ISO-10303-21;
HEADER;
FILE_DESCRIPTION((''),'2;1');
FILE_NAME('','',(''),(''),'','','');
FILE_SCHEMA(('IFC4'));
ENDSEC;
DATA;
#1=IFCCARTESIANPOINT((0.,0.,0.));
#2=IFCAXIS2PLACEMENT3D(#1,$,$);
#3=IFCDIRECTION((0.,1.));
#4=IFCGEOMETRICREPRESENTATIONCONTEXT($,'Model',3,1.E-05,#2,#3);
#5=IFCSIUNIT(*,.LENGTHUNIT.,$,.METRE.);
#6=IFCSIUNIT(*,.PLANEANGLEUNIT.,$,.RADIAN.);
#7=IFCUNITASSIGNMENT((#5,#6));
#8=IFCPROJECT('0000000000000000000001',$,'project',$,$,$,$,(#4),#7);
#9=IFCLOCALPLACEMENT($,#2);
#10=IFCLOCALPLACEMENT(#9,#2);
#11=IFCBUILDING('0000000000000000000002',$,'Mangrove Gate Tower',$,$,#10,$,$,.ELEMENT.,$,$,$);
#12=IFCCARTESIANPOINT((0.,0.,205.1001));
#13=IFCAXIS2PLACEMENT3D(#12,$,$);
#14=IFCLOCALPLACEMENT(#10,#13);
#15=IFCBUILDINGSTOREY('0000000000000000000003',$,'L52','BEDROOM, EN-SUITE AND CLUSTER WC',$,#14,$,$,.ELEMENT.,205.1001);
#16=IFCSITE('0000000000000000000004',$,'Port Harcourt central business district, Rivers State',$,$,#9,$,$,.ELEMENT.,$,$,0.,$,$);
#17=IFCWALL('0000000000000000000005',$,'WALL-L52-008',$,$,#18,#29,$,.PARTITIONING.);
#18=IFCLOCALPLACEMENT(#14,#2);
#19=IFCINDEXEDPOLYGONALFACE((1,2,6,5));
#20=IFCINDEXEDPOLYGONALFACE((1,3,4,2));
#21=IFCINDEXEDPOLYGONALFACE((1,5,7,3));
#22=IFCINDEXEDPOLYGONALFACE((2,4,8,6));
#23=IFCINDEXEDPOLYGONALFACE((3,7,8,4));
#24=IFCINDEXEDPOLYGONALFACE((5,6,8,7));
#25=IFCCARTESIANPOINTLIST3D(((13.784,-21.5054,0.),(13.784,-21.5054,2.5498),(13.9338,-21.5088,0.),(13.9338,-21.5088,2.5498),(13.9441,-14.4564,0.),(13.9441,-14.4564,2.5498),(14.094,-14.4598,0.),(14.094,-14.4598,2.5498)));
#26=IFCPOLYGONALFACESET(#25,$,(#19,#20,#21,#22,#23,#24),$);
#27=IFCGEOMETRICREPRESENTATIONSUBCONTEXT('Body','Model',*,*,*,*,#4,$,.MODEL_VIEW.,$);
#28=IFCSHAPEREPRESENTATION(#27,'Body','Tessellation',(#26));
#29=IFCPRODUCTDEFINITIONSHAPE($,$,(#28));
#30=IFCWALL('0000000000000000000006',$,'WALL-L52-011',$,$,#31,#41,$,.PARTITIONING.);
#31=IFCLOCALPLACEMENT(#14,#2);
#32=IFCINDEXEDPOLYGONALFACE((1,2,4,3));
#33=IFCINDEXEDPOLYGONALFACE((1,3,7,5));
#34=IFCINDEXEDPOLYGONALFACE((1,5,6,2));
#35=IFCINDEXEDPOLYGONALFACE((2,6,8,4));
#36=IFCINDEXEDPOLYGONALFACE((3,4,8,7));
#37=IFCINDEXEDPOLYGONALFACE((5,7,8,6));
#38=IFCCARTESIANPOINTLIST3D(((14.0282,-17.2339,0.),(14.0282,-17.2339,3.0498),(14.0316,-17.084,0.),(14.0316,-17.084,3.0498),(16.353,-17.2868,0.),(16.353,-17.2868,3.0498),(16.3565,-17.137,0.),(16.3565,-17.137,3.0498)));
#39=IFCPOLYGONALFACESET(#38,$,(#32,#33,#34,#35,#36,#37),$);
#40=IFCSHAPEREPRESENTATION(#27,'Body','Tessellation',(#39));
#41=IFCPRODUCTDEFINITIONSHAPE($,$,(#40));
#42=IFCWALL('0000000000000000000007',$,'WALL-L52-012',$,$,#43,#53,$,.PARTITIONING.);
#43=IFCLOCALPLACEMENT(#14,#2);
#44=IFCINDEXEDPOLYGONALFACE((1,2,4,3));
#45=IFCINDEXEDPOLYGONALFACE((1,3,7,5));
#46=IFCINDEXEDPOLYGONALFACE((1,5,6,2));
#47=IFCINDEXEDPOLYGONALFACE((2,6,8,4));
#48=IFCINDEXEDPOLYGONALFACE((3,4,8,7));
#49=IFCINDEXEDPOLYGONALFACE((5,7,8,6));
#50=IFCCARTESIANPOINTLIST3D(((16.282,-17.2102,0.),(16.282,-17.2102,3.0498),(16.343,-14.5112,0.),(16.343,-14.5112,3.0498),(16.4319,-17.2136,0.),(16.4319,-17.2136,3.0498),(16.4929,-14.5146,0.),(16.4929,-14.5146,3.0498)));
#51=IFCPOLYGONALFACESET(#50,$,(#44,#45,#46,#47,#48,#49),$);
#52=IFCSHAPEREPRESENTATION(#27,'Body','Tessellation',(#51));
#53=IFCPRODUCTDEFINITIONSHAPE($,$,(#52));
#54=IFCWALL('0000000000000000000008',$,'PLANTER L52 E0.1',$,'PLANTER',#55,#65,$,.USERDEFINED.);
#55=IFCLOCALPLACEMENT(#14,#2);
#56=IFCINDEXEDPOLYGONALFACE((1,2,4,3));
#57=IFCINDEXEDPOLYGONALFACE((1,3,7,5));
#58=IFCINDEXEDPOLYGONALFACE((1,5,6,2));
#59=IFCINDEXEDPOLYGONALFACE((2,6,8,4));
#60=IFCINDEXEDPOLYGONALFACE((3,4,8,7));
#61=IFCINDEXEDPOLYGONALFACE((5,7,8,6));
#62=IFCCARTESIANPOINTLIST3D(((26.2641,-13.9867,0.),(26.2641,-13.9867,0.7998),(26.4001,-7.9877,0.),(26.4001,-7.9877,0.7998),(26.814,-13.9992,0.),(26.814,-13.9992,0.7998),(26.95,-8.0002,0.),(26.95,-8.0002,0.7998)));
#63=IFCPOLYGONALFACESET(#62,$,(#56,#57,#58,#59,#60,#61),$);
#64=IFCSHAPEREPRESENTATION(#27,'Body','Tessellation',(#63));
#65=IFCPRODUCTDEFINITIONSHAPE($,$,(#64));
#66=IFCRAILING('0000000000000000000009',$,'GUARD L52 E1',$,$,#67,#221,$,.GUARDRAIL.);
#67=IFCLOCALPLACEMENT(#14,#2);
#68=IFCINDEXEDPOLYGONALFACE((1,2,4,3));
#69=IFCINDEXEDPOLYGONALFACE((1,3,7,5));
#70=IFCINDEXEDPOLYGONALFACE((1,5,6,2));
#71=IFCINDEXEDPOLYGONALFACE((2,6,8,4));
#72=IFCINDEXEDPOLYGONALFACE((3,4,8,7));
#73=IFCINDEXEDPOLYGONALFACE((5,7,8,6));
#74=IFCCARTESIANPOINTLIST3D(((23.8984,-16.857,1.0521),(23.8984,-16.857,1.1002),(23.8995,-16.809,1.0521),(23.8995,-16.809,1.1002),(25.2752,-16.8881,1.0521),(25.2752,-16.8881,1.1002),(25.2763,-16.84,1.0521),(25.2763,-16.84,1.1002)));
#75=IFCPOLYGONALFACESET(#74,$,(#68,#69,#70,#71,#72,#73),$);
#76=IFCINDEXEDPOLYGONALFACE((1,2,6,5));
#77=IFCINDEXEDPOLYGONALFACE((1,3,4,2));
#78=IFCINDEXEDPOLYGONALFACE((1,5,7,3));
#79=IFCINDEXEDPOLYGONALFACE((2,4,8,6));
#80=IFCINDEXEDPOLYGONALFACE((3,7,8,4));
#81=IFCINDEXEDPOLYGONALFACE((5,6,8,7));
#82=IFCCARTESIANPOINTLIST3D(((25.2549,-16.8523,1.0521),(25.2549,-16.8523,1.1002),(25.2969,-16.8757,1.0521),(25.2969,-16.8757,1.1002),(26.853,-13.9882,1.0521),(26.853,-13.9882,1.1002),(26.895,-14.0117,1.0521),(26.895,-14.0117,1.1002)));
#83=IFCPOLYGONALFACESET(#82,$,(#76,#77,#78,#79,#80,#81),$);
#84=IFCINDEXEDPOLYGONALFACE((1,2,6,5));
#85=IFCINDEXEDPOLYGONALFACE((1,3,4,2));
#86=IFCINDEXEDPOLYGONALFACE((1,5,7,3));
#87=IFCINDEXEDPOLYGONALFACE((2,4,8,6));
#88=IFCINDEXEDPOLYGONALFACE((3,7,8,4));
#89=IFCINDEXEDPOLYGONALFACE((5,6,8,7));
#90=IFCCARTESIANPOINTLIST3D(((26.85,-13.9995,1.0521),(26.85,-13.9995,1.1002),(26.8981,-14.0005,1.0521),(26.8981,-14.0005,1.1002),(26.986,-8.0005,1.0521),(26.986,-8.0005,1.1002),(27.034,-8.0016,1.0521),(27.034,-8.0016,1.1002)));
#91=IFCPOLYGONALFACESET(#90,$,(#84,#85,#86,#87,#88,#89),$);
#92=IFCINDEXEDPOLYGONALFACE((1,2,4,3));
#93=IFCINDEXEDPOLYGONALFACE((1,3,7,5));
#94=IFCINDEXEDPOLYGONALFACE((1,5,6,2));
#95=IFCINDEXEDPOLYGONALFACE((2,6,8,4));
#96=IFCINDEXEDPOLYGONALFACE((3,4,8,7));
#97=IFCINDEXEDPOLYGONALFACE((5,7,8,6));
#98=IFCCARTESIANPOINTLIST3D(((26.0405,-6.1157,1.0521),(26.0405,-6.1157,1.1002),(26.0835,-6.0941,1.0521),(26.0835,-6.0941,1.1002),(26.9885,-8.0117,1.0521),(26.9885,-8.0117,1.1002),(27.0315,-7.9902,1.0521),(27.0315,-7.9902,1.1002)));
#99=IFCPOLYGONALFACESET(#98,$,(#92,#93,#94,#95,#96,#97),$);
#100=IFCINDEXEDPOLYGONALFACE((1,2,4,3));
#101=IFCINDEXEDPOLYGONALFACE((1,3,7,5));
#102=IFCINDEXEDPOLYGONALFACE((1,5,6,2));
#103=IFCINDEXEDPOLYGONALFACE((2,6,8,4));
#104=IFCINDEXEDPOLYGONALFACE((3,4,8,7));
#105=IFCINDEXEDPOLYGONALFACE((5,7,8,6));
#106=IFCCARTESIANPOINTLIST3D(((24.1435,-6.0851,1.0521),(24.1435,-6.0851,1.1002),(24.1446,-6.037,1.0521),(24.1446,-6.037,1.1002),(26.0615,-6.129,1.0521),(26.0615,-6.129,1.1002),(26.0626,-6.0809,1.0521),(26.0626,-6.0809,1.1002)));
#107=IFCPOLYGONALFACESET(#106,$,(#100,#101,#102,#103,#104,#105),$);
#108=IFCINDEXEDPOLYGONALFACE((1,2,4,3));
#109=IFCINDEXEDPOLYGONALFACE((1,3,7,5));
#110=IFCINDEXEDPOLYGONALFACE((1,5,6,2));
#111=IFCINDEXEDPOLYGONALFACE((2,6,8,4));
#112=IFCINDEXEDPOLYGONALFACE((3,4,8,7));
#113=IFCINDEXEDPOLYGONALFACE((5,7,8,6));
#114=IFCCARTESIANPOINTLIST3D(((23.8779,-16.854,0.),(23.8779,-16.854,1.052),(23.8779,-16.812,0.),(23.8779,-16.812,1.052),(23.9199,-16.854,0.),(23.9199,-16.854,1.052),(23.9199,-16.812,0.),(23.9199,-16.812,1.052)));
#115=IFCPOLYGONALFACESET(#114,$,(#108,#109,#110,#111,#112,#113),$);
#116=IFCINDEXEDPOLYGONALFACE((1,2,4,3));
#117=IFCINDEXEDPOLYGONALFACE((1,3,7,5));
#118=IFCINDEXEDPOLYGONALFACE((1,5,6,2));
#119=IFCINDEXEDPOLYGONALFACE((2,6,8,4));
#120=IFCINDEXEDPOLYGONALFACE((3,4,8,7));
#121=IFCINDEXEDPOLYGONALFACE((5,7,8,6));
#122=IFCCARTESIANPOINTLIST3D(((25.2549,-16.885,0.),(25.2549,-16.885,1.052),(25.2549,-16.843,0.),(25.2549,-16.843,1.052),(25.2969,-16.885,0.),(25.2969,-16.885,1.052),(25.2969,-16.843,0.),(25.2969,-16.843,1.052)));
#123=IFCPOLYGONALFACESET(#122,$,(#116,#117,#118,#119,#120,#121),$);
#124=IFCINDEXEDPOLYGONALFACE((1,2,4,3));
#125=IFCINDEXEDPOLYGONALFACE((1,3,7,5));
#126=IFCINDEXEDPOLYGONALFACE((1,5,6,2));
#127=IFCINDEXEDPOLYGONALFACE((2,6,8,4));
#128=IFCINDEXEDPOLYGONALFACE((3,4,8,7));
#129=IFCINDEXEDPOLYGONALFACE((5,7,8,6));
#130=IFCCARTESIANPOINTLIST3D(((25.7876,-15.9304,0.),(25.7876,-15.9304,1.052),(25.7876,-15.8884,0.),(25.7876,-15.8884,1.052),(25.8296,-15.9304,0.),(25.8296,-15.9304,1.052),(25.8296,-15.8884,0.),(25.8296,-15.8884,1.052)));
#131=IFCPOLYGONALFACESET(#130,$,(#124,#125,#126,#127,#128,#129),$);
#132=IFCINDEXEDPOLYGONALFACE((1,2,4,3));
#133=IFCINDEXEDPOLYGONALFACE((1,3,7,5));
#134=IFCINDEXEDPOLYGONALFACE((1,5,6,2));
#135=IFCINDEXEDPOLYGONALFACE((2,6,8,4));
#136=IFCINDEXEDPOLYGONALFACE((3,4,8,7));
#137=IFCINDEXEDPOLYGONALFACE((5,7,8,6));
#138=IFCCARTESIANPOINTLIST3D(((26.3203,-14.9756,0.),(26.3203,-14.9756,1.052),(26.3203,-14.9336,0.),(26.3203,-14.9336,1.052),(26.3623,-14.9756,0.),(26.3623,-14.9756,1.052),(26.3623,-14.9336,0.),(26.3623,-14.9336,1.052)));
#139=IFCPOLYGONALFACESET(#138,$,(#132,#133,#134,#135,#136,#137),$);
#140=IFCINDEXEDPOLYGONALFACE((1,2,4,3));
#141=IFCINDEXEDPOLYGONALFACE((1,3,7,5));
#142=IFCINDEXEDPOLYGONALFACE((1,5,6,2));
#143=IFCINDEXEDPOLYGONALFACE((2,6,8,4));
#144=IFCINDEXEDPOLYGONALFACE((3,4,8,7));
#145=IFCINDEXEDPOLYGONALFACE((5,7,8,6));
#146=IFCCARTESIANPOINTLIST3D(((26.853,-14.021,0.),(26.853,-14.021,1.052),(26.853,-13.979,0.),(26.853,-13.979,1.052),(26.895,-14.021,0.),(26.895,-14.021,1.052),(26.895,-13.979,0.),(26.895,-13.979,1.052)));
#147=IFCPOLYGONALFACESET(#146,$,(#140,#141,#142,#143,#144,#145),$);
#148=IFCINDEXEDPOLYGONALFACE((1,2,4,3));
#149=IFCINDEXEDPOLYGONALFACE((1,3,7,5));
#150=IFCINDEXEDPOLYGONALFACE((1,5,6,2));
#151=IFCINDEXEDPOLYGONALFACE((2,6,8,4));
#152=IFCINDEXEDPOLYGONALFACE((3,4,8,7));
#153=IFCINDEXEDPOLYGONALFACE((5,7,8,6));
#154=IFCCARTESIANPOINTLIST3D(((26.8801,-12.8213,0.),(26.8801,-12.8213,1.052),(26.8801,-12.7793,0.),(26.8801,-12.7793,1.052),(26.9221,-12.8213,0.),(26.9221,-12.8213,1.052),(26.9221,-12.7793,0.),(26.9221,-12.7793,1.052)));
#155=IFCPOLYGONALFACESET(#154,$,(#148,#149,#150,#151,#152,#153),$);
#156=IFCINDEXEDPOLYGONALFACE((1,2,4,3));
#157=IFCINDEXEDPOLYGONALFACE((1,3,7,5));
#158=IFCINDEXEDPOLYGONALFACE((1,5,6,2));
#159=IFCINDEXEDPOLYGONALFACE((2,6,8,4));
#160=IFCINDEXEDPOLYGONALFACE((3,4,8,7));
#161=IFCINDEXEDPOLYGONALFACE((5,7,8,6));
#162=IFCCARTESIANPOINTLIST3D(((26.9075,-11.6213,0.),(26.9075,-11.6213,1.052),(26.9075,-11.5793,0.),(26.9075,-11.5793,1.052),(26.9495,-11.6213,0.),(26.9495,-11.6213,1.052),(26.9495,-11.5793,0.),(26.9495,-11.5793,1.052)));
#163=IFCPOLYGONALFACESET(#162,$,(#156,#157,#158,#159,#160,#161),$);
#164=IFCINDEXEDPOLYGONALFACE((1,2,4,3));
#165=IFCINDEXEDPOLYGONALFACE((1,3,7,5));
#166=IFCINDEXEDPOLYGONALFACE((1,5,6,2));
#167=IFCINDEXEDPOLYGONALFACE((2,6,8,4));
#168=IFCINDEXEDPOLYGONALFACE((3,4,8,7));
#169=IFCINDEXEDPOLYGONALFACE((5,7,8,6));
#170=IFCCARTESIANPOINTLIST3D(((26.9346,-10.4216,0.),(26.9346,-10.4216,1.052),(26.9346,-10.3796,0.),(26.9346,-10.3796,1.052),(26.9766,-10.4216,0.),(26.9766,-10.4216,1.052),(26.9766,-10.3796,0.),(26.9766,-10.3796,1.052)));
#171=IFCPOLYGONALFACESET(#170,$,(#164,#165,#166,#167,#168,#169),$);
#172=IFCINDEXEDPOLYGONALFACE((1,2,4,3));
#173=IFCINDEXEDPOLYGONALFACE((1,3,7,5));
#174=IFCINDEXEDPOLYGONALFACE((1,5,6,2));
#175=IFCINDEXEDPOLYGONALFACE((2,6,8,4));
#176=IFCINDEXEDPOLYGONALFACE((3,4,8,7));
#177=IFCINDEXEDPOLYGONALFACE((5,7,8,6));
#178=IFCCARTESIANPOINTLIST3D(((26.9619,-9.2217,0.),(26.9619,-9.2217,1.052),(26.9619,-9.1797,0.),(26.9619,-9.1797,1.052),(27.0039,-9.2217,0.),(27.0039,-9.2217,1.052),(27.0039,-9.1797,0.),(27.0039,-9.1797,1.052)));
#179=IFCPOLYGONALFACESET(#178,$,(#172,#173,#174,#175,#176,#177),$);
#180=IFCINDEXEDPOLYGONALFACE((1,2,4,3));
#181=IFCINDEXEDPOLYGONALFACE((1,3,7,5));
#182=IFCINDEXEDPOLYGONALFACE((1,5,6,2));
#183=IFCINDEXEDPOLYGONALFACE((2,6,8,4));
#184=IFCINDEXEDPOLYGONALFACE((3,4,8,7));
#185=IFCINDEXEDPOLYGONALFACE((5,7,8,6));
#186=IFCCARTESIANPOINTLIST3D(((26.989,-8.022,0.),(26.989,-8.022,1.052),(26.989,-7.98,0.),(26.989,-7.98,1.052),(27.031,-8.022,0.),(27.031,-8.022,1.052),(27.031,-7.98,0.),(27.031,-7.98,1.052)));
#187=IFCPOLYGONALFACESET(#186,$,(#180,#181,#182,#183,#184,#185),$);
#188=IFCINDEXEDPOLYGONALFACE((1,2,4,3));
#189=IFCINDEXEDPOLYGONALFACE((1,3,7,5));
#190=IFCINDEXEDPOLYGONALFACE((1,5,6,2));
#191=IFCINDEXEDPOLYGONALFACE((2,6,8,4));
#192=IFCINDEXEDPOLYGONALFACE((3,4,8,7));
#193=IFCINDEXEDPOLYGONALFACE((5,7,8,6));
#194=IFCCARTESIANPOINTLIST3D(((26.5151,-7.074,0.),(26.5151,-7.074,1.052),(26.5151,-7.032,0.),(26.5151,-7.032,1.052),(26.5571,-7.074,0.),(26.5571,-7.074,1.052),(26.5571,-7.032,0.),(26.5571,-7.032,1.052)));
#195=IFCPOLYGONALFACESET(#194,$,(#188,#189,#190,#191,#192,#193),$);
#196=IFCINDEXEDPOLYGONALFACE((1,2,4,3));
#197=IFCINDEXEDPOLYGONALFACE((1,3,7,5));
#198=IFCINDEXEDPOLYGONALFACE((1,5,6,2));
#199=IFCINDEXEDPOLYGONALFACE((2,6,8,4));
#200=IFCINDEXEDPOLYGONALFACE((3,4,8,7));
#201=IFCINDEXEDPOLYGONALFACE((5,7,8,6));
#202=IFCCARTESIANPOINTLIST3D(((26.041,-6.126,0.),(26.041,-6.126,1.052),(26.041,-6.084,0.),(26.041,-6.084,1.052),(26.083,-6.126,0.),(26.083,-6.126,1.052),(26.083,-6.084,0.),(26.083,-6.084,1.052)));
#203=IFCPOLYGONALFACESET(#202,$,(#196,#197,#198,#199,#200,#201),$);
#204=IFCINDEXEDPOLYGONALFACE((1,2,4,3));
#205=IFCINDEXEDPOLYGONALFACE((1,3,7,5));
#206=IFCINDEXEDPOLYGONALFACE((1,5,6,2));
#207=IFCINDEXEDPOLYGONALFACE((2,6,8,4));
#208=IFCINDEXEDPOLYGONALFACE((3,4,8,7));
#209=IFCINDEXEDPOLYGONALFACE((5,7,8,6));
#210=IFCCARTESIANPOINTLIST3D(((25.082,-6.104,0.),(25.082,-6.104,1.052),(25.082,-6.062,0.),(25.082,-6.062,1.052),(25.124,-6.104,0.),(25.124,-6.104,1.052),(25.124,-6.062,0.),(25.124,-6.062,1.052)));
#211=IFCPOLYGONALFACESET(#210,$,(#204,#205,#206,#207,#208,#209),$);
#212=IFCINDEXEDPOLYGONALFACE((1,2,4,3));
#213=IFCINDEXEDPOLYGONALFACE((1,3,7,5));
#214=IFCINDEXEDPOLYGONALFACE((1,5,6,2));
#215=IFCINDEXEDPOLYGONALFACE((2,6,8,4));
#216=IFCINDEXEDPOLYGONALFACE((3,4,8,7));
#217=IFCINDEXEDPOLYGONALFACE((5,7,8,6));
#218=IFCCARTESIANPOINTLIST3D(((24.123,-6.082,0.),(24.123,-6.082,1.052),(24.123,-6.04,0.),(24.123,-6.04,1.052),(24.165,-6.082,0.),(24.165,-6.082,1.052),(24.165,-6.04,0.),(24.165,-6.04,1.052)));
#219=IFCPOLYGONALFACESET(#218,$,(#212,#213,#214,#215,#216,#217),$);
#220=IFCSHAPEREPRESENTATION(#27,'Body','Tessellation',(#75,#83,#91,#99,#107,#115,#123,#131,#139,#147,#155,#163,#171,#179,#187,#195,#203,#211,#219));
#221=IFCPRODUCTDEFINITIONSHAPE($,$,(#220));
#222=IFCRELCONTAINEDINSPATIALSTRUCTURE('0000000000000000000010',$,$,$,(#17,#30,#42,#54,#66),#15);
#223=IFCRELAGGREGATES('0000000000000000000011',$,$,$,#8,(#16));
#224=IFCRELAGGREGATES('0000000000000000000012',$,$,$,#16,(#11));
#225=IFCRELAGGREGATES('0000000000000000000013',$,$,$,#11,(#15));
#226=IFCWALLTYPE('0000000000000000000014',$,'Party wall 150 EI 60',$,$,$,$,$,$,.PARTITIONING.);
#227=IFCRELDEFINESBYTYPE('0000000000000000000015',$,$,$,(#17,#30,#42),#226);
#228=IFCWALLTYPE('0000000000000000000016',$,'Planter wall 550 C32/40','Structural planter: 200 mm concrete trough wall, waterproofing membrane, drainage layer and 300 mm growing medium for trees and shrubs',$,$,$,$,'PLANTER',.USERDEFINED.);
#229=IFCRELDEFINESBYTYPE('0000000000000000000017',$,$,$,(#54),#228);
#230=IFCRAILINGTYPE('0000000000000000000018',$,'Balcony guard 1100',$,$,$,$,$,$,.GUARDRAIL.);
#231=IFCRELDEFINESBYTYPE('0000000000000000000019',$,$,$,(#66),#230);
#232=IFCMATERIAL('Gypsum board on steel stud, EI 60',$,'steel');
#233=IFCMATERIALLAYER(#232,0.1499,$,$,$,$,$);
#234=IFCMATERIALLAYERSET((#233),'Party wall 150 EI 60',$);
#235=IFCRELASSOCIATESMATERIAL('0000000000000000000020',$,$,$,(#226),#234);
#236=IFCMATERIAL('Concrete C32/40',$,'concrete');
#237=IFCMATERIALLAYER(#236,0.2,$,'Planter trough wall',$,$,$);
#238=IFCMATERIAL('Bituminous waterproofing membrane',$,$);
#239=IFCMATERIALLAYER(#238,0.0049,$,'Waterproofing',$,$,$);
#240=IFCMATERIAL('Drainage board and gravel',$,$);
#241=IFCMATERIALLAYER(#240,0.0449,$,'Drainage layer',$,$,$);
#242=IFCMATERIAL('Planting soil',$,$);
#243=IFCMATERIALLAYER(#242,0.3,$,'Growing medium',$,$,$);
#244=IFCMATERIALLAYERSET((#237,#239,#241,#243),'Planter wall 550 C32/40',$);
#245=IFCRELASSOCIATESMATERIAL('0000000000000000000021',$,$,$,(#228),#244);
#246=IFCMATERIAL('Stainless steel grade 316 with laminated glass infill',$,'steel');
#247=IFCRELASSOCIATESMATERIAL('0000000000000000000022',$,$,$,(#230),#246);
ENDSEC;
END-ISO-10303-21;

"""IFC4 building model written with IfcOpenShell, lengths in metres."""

from ifc_helpers import new_model, si_unit, direction, frame, frame_2d, origin, origin_2d, place, context, subcontext, project, spatial, rectangle, extrude, material, layer, layer_set, type_object, element, save


model = new_model("IFC4")

# Units and contexts
model_context = context("Model", 3, precision=1e-05, world=origin(), true_north=direction((0.0, 1.0)))
body_context = subcontext(model_context, "Body", "Model", "MODEL_VIEW")
ifc_project = project(units=[si_unit("LENGTHUNIT", "METRE"), si_unit("PLANEANGLEUNIT", "RADIAN")], contexts=[model_context])

# Site, building, storey
site_placement = place(None, origin())
site = spatial("IfcSite", under=ifc_project, at=site_placement, Name="Port Harcourt central business district, Rivers State", CompositionType="ELEMENT", RefElevation=0.0)
building_placement = place(site_placement, origin())
building = spatial("IfcBuilding", under=site, at=building_placement, Name="Mangrove Gate Tower", CompositionType="ELEMENT")
storey_placement = place(building_placement, frame((0.0, 0.0, 205.1001)))
storey = spatial("IfcBuildingStorey", under=building, at=storey_placement, Name="L52", Description="BEDROOM, EN-SUITE AND CLUSTER WC", CompositionType="ELEMENT", Elevation=205.1001)

# Walls
ifc_material_1 = material(Name="Gypsum board on steel stud, EI 60", Category="steel")
ifc_layer_1 = layer(ifc_material_1, 0.1499)
ifc_layer_set_1 = layer_set([ifc_layer_1], Name="Party wall 150 EI 60")
wall_type_1 = type_object("IfcWallType", Name="Party wall 150 EI 60", PredefinedType="PARTITIONING", material=ifc_layer_set_1)
wall_1_placement = place(storey_placement, frame((13.8589, -21.5071, 0.0), z_axis=(0.0, 0.0, 1.0), x_axis=(0.022714, 0.999742, 0.0)))
element("IfcWall", 1, at=wall_1_placement, inside=storey, type_object=wall_type_1, Name="WALL-L52-008", PredefinedType="PARTITIONING", context=body_context, shape_type="SweptSolid", body=[
    extrude(rectangle(XDim=7.0508, YDim=0.1499, at=frame_2d((3.5254, 0.0))), origin(), (0.0, 0.0, 1.0), 2.5498),
])
wall_2_placement = place(storey_placement, frame((14.03, -17.1589, 0.0), z_axis=(0.0, 0.0, 1.0), x_axis=(0.99974, -0.022781, 0.0)))
element("IfcWall", 2, at=wall_2_placement, inside=storey, type_object=wall_type_1, Name="WALL-L52-011", PredefinedType="PARTITIONING", context=body_context, shape_type="SweptSolid", body=[
    extrude(rectangle(XDim=2.3254, YDim=0.1499, at=frame_2d((1.1626, 0.0))), origin(), (0.0, 0.0, 1.0), 3.0498),
])
wall_3_placement = place(storey_placement, frame((16.3569, -17.2119, 0.0), z_axis=(0.0, 0.0, 1.0), x_axis=(0.022608, 0.999744, 0.0)))
element("IfcWall", 3, at=wall_3_placement, inside=storey, type_object=wall_type_1, Name="WALL-L52-012", PredefinedType="PARTITIONING", context=body_context, shape_type="SweptSolid", body=[
    extrude(rectangle(XDim=2.6997, YDim=0.1499, at=frame_2d((1.3499, 0.0))), origin(), (0.0, 0.0, 1.0), 3.0498),
])
ifc_material_2 = material(Name="Concrete C32/40", Category="concrete")
ifc_layer_2 = layer(ifc_material_2, 0.2, Name="Planter trough wall")
ifc_material_3 = material(Name="Bituminous waterproofing membrane")
ifc_layer_3 = layer(ifc_material_3, 0.0049, Name="Waterproofing")
ifc_material_4 = material(Name="Drainage board and gravel")
ifc_layer_4 = layer(ifc_material_4, 0.0449, Name="Drainage layer")
ifc_material_5 = material(Name="Planting soil")
ifc_layer_5 = layer(ifc_material_5, 0.3, Name="Growing medium")
ifc_layer_set_2 = layer_set([ifc_layer_2, ifc_layer_3, ifc_layer_4, ifc_layer_5], Name="Planter wall 550 C32/40")
wall_type_2 = type_object("IfcWallType", Name="Planter wall 550 C32/40", Description="Structural planter: 200 mm concrete trough wall, waterproofing membrane, drainage layer and 300 mm growing medium for trees and shrubs", ElementType="PLANTER", PredefinedType="USERDEFINED", material=ifc_layer_set_2)
wall_4_placement = place(storey_placement, frame((26.5391, -13.9929, 0.0), z_axis=(0.0, 0.0, 1.0), x_axis=(0.022662, 0.999743, 0.0)))
element("IfcWall", 4, at=wall_4_placement, inside=storey, type_object=wall_type_2, Name="PLANTER L52 E0.1", ObjectType="PLANTER", PredefinedType="USERDEFINED", context=body_context, shape_type="SweptSolid", body=[
    extrude(rectangle(XDim=6.0005, YDim=0.55, at=frame_2d((3.0002, 0.0))), origin(), (0.0, 0.0, 1.0), 0.7998),
])

# Railing
ifc_material_6 = material(Name="Stainless steel grade 316 with laminated glass infill", Category="steel")
railing_type = type_object("IfcRailingType", Name="Balcony guard 1100", PredefinedType="GUARDRAIL", material=ifc_material_6)
railing_placement = place(storey_placement, frame((23.8989, -16.833, 0.0)))
element("IfcRailing", 5, at=railing_placement, inside=storey, type_object=railing_type, Name="GUARD L52 E1", PredefinedType="GUARDRAIL", context=body_context, shape_type="SweptSolid", body=[
    extrude(rectangle(XDim=0.0481, YDim=0.0481, at=origin_2d()), frame((0.0, 0.0, 1.0762), z_axis=(0.999747, -0.022512, 0.0), x_axis=(0.022512, 0.999747, 0.0)), (0.0, 0.0, 1.0), 1.3772),
    extrude(rectangle(XDim=0.0481, YDim=0.0481, at=origin_2d()), frame((1.377, -0.031, 1.0762), z_axis=(0.487279, 0.873246, 0.0), x_axis=(-0.873246, 0.487279, 0.0)), (0.0, 0.0, 1.0), 3.2798),
    extrude(rectangle(XDim=0.0481, YDim=0.0481, at=origin_2d()), frame((2.9751, 2.833, 1.0762), z_axis=(0.022662, 0.999743, 0.0), x_axis=(-0.999743, 0.022662, 0.0)), (0.0, 0.0, 1.0), 6.0005),
    extrude(rectangle(XDim=0.0481, YDim=0.0481, at=origin_2d()), frame((3.1111, 8.832, 1.0762), z_axis=(-0.447214, 0.894427, 0.0), x_axis=(-0.894427, -0.447214, 0.0)), (0.0, 0.0, 1.0), 2.1199),
    extrude(rectangle(XDim=0.0481, YDim=0.0481, at=origin_2d()), frame((2.1631, 10.728, 1.0762), z_axis=(-0.999738, 0.022906, 0.0), x_axis=(-0.022906, -0.999738, 0.0)), (0.0, 0.0, 1.0), 1.9185),
    extrude(rectangle(XDim=0.042, YDim=0.042, at=origin_2d()), origin(), (0.0, 0.0, 1.0), 1.052),
    extrude(rectangle(XDim=0.042, YDim=0.042, at=origin_2d()), frame((1.377, -0.031, 0.0)), (0.0, 0.0, 1.0), 1.052),
    extrude(rectangle(XDim=0.042, YDim=0.042, at=origin_2d()), frame((1.9097, 0.9236, 0.0)), (0.0, 0.0, 1.0), 1.052),
    extrude(rectangle(XDim=0.042, YDim=0.042, at=origin_2d()), frame((2.4424, 1.8784, 0.0)), (0.0, 0.0, 1.0), 1.052),
    extrude(rectangle(XDim=0.042, YDim=0.042, at=origin_2d()), frame((2.9751, 2.833, 0.0)), (0.0, 0.0, 1.0), 1.052),
    extrude(rectangle(XDim=0.042, YDim=0.042, at=origin_2d()), frame((3.0022, 4.0327, 0.0)), (0.0, 0.0, 1.0), 1.052),
    extrude(rectangle(XDim=0.042, YDim=0.042, at=origin_2d()), frame((3.0295, 5.2327, 0.0)), (0.0, 0.0, 1.0), 1.052),
    extrude(rectangle(XDim=0.042, YDim=0.042, at=origin_2d()), frame((3.0566, 6.4324, 0.0)), (0.0, 0.0, 1.0), 1.052),
    extrude(rectangle(XDim=0.042, YDim=0.042, at=origin_2d()), frame((3.084, 7.6323, 0.0)), (0.0, 0.0, 1.0), 1.052),
    extrude(rectangle(XDim=0.042, YDim=0.042, at=origin_2d()), frame((3.1111, 8.832, 0.0)), (0.0, 0.0, 1.0), 1.052),
    extrude(rectangle(XDim=0.042, YDim=0.042, at=origin_2d()), frame((2.6372, 9.78, 0.0)), (0.0, 0.0, 1.0), 1.052),
    extrude(rectangle(XDim=0.042, YDim=0.042, at=origin_2d()), frame((2.1631, 10.728, 0.0)), (0.0, 0.0, 1.0), 1.052),
    extrude(rectangle(XDim=0.042, YDim=0.042, at=origin_2d()), frame((1.2041, 10.75, 0.0)), (0.0, 0.0, 1.0), 1.052),
    extrude(rectangle(XDim=0.042, YDim=0.042, at=origin_2d()), frame((0.2451, 10.772, 0.0)), (0.0, 0.0, 1.0), 1.052),
])

save(model, "model.ifc")
